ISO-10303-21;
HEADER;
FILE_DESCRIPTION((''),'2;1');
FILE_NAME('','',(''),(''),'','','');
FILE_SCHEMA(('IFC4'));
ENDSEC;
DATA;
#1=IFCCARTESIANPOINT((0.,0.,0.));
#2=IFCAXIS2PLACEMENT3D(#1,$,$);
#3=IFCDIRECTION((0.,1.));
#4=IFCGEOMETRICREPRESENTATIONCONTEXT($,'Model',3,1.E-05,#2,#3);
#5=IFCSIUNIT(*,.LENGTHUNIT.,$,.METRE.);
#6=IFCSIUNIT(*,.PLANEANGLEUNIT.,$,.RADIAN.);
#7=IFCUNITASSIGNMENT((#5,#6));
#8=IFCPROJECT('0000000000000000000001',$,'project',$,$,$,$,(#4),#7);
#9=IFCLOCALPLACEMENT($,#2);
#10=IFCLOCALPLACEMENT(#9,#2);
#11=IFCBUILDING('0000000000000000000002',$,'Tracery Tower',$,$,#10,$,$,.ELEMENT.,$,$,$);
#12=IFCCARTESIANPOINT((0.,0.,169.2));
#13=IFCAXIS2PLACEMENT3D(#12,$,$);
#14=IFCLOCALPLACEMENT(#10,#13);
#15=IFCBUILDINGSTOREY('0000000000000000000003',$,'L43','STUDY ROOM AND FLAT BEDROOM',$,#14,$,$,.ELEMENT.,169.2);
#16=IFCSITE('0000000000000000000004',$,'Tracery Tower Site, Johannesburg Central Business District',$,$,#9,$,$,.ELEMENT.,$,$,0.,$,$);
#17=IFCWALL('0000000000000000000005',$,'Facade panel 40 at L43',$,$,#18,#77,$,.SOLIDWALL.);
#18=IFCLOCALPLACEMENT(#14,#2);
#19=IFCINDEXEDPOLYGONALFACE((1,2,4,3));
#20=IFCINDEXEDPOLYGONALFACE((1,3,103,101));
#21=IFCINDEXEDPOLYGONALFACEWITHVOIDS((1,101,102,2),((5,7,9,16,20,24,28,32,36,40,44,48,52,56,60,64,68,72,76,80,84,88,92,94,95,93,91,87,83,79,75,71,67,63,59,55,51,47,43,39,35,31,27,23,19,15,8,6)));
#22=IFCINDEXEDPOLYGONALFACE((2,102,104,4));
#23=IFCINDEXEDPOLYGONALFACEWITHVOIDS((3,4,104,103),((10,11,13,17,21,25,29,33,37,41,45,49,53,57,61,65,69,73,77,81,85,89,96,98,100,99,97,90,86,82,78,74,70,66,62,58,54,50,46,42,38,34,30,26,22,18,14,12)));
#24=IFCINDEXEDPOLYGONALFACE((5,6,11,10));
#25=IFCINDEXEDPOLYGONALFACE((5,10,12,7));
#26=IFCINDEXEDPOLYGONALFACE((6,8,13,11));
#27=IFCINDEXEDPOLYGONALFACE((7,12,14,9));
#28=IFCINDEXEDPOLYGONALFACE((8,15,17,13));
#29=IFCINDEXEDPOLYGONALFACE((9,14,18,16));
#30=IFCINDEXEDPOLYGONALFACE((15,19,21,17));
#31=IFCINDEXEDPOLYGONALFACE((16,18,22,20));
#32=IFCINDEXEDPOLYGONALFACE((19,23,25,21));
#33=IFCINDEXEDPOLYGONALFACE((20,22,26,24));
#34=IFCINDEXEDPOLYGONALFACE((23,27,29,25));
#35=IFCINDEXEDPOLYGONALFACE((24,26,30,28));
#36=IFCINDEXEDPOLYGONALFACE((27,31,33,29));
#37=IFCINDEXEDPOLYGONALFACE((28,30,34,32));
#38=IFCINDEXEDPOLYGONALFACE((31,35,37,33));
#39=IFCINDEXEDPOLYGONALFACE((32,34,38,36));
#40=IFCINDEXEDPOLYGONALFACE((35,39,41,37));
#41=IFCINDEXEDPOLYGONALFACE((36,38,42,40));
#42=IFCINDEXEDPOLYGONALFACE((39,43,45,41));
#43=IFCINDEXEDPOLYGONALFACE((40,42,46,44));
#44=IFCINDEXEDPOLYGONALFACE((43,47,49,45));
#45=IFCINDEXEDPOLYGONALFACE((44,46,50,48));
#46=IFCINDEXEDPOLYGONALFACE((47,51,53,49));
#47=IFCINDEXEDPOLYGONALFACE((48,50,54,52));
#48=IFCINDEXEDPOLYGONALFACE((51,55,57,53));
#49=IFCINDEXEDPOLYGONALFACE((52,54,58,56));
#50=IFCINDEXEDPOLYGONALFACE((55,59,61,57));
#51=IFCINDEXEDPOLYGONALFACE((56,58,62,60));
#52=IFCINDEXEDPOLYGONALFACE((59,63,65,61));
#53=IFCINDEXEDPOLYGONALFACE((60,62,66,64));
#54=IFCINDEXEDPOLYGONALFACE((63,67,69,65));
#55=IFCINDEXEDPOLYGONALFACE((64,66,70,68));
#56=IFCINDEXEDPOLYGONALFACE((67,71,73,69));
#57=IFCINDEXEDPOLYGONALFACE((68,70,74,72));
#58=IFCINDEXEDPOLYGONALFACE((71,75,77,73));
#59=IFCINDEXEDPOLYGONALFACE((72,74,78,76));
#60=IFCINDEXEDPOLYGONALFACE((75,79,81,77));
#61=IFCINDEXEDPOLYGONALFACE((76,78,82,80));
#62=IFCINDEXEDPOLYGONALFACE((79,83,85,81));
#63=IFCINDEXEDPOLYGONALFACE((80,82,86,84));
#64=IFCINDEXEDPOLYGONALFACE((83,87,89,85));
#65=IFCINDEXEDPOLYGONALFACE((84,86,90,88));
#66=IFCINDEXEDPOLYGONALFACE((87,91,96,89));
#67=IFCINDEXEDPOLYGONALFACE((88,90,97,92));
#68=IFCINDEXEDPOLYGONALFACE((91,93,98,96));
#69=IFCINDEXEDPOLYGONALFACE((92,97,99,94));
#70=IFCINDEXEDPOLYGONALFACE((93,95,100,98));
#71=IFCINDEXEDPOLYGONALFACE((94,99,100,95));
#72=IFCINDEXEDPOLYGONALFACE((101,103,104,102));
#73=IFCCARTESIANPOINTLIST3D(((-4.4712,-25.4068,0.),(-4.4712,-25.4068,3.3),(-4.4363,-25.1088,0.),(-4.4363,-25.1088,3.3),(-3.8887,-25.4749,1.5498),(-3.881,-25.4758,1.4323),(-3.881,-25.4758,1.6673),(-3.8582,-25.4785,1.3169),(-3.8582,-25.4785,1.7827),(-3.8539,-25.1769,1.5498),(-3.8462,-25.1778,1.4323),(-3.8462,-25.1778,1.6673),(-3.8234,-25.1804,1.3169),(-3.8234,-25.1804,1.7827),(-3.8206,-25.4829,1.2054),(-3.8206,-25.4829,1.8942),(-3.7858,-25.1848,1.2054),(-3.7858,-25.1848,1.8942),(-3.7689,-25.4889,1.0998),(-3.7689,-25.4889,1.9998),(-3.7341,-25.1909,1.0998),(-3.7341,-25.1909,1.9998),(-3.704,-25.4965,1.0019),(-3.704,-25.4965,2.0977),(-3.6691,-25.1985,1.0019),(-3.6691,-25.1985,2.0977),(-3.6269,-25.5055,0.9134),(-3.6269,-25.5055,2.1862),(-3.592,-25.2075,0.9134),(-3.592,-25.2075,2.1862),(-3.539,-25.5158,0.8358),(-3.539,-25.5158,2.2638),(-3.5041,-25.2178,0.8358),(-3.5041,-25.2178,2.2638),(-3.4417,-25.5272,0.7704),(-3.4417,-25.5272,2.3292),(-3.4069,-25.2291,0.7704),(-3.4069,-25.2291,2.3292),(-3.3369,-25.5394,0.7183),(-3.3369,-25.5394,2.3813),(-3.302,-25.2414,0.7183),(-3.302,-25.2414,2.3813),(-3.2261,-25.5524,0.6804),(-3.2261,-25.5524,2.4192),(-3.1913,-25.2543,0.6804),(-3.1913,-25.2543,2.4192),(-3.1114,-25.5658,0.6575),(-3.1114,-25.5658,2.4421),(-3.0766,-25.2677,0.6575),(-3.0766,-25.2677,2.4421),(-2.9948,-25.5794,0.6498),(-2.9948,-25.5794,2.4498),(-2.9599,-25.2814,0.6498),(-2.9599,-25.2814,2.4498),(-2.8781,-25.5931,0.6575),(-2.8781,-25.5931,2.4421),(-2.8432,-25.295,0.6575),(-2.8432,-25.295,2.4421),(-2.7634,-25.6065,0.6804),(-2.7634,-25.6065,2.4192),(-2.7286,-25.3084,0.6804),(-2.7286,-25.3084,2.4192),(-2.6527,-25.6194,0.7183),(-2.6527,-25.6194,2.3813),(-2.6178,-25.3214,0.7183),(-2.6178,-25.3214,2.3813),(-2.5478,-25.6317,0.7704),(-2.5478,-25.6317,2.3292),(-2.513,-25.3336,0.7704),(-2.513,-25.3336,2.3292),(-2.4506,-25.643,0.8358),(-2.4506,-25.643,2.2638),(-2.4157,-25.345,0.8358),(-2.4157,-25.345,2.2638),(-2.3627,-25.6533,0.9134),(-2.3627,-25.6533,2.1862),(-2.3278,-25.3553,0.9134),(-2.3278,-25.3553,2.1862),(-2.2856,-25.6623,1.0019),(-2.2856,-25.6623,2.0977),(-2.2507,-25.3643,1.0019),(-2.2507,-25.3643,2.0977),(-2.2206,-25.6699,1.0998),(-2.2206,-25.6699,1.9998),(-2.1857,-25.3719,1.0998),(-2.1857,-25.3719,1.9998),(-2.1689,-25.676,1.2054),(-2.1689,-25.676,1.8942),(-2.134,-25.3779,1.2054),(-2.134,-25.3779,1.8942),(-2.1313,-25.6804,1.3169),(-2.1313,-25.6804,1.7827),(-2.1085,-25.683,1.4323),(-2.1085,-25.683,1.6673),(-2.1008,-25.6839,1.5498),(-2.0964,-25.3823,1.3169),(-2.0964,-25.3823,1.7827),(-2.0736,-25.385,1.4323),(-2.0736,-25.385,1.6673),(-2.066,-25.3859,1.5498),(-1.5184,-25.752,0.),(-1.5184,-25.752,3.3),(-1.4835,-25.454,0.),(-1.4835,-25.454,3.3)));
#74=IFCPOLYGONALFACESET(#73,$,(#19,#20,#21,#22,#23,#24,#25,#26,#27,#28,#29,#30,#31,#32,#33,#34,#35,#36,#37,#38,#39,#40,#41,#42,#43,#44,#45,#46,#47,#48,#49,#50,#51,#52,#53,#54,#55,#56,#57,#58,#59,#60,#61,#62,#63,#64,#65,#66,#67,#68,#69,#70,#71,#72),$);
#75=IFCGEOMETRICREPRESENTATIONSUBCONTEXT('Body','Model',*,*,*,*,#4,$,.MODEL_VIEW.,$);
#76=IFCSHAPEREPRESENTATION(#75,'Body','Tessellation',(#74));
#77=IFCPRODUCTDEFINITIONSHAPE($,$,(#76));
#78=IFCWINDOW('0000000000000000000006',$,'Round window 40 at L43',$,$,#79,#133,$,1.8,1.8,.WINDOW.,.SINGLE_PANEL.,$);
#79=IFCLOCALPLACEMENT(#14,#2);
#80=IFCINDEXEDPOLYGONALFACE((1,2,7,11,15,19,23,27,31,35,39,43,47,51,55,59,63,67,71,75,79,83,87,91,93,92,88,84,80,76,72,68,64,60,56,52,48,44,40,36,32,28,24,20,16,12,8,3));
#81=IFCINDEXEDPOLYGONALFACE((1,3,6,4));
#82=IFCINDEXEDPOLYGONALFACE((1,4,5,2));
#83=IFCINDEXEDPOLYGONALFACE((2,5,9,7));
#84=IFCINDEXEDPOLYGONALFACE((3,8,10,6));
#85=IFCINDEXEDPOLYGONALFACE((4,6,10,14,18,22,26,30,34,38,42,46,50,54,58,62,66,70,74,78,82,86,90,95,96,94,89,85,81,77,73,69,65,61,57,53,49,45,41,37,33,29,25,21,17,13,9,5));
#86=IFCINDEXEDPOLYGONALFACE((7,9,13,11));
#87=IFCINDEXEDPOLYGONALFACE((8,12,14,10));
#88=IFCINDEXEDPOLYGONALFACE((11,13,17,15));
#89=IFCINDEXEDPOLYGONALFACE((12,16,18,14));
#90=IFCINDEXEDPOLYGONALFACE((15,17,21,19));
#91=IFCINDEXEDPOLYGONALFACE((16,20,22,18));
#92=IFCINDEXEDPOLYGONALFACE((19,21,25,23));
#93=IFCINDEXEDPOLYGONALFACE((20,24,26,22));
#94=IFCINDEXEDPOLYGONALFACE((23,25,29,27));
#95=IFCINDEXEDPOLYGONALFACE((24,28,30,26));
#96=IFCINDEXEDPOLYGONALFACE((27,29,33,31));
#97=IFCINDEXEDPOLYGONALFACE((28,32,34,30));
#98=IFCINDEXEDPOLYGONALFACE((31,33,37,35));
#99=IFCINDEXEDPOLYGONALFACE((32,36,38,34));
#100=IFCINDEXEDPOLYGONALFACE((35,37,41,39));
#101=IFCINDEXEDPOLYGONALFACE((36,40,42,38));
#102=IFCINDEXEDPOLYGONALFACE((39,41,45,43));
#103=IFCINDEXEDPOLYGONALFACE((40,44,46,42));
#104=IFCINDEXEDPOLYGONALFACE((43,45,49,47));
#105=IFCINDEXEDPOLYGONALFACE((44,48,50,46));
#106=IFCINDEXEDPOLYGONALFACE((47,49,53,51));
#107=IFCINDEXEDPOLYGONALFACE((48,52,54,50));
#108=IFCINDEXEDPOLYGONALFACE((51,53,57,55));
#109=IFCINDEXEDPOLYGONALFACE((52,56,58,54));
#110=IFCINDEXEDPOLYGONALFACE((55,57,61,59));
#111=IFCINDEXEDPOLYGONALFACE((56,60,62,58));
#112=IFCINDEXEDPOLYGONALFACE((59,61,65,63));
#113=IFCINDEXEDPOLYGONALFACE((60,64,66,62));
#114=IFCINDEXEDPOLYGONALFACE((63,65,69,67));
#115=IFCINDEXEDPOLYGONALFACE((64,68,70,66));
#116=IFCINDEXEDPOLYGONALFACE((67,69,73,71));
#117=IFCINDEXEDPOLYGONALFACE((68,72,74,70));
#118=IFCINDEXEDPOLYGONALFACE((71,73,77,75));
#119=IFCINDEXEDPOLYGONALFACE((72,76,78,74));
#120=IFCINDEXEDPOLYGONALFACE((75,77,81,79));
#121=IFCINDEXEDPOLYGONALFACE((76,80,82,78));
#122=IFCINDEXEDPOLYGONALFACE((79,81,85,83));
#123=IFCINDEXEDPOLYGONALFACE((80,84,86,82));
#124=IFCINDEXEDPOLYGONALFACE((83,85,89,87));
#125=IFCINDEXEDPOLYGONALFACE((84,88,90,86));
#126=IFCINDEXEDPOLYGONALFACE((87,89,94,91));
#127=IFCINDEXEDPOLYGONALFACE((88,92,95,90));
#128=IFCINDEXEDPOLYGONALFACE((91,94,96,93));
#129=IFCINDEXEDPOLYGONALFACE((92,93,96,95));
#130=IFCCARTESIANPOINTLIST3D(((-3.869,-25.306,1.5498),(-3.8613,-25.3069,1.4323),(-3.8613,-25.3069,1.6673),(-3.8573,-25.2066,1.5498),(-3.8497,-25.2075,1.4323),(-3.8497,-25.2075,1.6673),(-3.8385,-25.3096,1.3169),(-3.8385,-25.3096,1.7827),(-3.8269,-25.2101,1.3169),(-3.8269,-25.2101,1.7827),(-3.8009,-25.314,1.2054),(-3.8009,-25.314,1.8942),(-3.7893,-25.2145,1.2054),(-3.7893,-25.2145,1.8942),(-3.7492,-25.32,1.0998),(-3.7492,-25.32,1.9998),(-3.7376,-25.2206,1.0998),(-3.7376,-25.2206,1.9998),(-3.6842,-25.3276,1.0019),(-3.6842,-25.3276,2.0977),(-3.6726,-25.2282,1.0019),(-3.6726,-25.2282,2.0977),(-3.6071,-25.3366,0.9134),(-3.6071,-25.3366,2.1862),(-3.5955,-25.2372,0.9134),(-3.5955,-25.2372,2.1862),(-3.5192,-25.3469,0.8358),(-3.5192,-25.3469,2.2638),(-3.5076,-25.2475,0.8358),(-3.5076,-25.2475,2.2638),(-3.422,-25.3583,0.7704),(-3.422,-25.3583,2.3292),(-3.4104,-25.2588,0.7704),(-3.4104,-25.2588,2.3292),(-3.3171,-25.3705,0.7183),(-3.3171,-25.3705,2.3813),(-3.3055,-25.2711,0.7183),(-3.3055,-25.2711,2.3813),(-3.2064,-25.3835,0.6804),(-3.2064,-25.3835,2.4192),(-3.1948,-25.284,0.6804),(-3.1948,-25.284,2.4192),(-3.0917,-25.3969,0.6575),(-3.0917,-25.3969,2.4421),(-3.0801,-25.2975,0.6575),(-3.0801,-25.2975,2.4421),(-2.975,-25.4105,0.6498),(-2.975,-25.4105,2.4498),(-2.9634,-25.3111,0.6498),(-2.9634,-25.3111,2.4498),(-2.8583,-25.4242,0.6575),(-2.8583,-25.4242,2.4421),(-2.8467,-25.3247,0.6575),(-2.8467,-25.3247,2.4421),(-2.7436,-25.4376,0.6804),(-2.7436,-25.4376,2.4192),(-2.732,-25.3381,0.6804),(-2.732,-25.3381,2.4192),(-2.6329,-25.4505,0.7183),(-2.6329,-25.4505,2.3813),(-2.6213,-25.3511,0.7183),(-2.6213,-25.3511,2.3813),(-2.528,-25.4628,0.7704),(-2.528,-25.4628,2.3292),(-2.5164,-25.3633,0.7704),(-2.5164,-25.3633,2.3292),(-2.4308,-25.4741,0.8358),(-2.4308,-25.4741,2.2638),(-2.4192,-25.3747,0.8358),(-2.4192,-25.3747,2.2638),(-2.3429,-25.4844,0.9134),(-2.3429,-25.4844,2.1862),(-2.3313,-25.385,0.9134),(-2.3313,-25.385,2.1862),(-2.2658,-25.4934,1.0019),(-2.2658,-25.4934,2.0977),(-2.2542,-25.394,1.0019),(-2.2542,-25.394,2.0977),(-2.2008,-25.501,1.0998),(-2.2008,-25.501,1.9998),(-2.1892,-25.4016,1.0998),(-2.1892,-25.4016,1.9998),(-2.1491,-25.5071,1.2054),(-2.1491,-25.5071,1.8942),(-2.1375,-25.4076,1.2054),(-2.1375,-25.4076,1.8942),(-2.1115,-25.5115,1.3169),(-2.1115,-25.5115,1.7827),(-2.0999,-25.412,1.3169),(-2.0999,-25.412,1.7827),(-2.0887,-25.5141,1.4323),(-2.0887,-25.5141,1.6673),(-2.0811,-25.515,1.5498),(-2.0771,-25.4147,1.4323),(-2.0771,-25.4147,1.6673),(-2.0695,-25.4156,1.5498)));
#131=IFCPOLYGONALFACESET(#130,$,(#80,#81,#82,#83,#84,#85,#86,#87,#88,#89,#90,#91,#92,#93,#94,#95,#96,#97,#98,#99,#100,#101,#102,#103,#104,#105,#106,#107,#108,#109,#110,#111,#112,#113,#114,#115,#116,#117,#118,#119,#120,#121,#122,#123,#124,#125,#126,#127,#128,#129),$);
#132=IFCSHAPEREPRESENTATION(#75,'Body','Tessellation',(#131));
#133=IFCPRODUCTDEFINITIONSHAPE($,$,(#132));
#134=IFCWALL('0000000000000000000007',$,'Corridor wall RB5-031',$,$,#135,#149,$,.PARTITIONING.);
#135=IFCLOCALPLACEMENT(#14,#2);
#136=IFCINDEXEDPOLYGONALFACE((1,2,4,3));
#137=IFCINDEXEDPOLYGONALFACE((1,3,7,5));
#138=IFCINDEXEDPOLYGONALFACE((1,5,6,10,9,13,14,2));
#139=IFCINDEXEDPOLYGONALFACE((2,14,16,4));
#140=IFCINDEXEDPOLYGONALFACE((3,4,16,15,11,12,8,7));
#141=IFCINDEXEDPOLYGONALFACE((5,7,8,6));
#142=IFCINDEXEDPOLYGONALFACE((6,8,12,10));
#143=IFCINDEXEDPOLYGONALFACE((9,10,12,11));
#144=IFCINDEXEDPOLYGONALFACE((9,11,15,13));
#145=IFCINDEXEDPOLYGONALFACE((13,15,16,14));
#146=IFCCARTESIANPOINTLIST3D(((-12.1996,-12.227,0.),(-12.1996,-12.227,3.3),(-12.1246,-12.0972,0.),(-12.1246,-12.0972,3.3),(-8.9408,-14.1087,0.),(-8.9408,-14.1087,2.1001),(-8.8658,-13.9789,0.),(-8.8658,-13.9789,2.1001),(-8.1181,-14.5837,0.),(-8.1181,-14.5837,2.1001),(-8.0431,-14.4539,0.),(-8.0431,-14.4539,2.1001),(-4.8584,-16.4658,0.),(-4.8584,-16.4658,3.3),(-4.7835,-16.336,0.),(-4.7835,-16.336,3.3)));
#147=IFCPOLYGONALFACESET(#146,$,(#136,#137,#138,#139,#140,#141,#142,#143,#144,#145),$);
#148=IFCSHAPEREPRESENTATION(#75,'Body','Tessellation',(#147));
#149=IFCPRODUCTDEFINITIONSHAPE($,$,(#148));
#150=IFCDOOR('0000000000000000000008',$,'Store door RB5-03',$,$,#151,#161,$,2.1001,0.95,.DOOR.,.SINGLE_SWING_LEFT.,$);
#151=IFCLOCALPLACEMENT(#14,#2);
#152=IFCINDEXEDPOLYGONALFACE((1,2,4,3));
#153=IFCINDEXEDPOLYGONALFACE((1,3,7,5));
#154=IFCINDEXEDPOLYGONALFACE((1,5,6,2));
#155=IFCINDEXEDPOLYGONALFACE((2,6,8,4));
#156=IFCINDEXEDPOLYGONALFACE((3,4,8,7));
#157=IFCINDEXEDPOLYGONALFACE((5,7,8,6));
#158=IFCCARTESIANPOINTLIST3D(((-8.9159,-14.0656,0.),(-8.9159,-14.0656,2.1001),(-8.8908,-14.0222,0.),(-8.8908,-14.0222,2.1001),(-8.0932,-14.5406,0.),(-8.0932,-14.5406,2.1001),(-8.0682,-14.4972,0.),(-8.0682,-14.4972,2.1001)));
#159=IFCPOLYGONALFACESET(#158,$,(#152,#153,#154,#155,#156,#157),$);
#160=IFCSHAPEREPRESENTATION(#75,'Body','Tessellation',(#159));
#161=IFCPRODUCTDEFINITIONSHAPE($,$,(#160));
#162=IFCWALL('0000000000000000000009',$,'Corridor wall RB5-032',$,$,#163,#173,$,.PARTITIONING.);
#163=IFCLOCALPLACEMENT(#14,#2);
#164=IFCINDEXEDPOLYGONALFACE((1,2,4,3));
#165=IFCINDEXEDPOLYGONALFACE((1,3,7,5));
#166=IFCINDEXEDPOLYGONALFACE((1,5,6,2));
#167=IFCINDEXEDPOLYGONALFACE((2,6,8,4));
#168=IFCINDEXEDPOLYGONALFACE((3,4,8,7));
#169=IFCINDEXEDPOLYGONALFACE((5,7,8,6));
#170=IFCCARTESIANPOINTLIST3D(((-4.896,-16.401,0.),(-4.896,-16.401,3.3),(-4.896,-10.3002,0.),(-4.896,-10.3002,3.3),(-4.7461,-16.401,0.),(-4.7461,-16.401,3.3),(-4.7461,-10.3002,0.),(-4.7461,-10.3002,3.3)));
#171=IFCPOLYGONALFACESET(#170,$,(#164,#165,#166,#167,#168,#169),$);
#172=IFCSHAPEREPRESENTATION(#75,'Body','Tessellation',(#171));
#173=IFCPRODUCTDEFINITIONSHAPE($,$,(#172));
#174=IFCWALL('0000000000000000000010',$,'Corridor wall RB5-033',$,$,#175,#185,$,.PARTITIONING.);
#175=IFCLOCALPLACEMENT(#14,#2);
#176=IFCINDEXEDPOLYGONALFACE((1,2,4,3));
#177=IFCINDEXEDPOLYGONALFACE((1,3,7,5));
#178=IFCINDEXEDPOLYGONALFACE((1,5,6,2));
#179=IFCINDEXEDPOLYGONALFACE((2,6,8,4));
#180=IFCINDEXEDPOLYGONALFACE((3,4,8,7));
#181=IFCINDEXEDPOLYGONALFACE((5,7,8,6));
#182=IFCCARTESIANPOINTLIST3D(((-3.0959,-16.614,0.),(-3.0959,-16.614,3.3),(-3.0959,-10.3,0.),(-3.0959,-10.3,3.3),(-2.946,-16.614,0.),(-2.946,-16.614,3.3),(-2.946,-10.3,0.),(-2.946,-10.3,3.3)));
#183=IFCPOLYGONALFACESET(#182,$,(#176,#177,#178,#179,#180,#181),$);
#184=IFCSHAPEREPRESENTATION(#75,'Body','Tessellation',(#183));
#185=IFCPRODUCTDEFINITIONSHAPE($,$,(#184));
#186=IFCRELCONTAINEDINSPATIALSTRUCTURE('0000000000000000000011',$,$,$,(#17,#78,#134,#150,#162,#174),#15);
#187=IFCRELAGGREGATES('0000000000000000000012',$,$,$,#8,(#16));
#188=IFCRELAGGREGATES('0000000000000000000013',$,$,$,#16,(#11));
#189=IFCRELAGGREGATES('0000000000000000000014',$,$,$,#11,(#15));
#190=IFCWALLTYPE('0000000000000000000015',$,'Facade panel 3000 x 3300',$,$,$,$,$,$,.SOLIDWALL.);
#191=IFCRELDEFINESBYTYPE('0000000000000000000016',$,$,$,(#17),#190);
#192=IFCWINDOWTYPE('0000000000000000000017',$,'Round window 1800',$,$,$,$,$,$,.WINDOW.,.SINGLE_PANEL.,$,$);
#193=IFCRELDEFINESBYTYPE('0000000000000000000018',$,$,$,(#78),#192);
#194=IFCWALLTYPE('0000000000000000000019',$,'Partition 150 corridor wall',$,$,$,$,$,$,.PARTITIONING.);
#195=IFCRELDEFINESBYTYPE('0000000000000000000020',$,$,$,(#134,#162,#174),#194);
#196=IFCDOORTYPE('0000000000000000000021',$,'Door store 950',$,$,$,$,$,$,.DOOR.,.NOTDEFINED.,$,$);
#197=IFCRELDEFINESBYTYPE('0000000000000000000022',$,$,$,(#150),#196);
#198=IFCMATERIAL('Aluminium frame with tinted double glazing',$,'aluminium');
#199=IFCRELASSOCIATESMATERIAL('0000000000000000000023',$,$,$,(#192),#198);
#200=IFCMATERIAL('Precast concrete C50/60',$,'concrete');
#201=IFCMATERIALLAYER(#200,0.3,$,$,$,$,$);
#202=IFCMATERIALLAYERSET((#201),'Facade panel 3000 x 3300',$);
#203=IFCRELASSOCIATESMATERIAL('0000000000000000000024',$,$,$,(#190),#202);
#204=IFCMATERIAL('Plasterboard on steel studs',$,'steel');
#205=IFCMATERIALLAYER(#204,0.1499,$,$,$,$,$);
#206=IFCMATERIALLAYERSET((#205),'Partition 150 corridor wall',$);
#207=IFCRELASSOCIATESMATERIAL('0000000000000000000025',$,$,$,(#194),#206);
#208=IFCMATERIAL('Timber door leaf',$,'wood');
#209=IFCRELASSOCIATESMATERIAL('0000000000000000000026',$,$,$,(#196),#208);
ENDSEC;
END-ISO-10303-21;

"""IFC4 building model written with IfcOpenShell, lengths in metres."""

from ifc_helpers import new_model, si_unit, direction, frame, frame_2d, origin, origin_2d, place, context, subcontext, project, spatial, rectangle, circle, extrude, material, layer, layer_set, type_object, element, fill, save


model = new_model("IFC4")

# Units and contexts
model_context = context("Model", 3, precision=1e-05, world=origin(), true_north=direction((0.0, 1.0)))
body_context = subcontext(model_context, "Body", "Model", "MODEL_VIEW")
ifc_project = project(units=[si_unit("LENGTHUNIT", "METRE"), si_unit("PLANEANGLEUNIT", "RADIAN")], contexts=[model_context])

# Site, building, storey
site_placement = place(None, origin())
site = spatial("IfcSite", under=ifc_project, at=site_placement, Name="Tracery Tower Site, Johannesburg Central Business District", CompositionType="ELEMENT", RefElevation=0.0)
building_placement = place(site_placement, origin())
building = spatial("IfcBuilding", under=site, at=building_placement, Name="Tracery Tower", CompositionType="ELEMENT")
storey_placement = place(building_placement, frame((0.0, 0.0, 169.2)))
storey = spatial("IfcBuildingStorey", under=building, at=storey_placement, Name="L43", Description="STUDY ROOM AND FLAT BEDROOM", CompositionType="ELEMENT", Elevation=169.2)

# Wall, opening, window
ifc_material_1 = material(Name="Aluminium frame with tinted double glazing", Category="aluminium")
window_type = type_object("IfcWindowType", Name="Round window 1800", PartitioningType="SINGLE_PANEL", PredefinedType="WINDOW", material=ifc_material_1)
ifc_material_2 = material(Name="Precast concrete C50/60", Category="concrete")
ifc_layer_1 = layer(ifc_material_2, 0.3)
ifc_layer_set_1 = layer_set([ifc_layer_1], Name="Facade panel 3000 x 3300")
wall_type_1 = type_object("IfcWallType", Name="Facade panel 3000 x 3300", PredefinedType="SOLIDWALL", material=ifc_layer_set_1)
wall_1_placement = place(storey_placement, frame((-4.4536, -25.2578, 0.0), z_axis=(0.0, 0.0, 1.0), x_axis=(0.993236, -0.116117, 0.0)))
wall_1 = element("IfcWall", 1, at=wall_1_placement, inside=storey, type_object=wall_type_1, Name="Facade panel 40 at L43", PredefinedType="SOLIDWALL", context=body_context, shape_type="SweptSolid", body=[
    extrude(rectangle(XDim=2.9729, YDim=0.3, at=frame_2d((1.4863, 0.0))), origin(), (0.0, 0.0, 1.0), 3.3),
])
opening_1_placement = place(wall_1_placement, frame((1.4863, 0.0, 1.5498)))
opening_1 = element("IfcOpeningElement", 2, at=opening_1_placement, cuts=wall_1, PredefinedType="OPENING", context=body_context, shape_type="SweptSolid", body=[
    extrude(circle(Radius=0.9, at=origin_2d()), frame((0.0, 0.1599, 0.0), z_axis=(0.0, -1.0, 0.0), x_axis=(1.0, 0.0, 0.0)), (0.0, 0.0, 1.0), 0.3201),
])
window_1_placement = place(opening_1_placement, origin())
window_1 = element("IfcWindow", 3, at=window_1_placement, inside=storey, type_object=window_type, Name="Round window 40 at L43", OverallHeight=1.8, OverallWidth=1.8, PartitioningType="SINGLE_PANEL", PredefinedType="WINDOW", context=body_context, shape_type="SweptSolid", body=[
    extrude(circle(Radius=0.9, at=origin_2d()), frame((0.0, 0.1201, 0.0), z_axis=(0.0, -1.0, 0.0), x_axis=(1.0, 0.0, 0.0)), (0.0, 0.0, 1.0), 0.1001),
])
fill(opening_1, window_1)

# Wall, opening, door
ifc_material_3 = material(Name="Plasterboard on steel studs", Category="steel")
ifc_layer_2 = layer(ifc_material_3, 0.1499)
ifc_layer_set_2 = layer_set([ifc_layer_2], Name="Partition 150 corridor wall")
wall_type_2 = type_object("IfcWallType", Name="Partition 150 corridor wall", PredefinedType="PARTITIONING", material=ifc_layer_set_2)
wall_2_placement = place(storey_placement, frame((-12.1621, -12.1621, 0.0), z_axis=(0.0, 0.0, 1.0), x_axis=(0.866005, -0.500036, 0.0)))
wall_2 = element("IfcWall", 4, at=wall_2_placement, inside=storey, type_object=wall_type_2, Name="Corridor wall RB5-031", PredefinedType="PARTITIONING", context=body_context, shape_type="SweptSolid", body=[
    extrude(rectangle(XDim=8.4771, YDim=0.1499, at=frame_2d((4.2385, 0.0))), origin(), (0.0, 0.0, 1.0), 3.3),
])
opening_2_placement = place(wall_2_placement, frame((3.7629, 0.0, 0.0)))
opening_2 = element("IfcOpeningElement", 5, at=opening_2_placement, cuts=wall_2, PredefinedType="OPENING", context=body_context, shape_type="SweptSolid", body=[
    extrude(rectangle(XDim=0.95, YDim=2.1001, at=frame_2d((0.4751, 1.05))), frame((0.0, 0.075, 0.0), z_axis=(0.0, -1.0, 0.0), x_axis=(1.0, 0.0, 0.0)), (0.0, 0.0, 1.0), 0.1499),
])
ifc_material_4 = material(Name="Timber door leaf", Category="wood")
door_type_1 = type_object("IfcDoorType", Name="Door store 950", OperationType="NOTDEFINED", PredefinedType="DOOR", material=ifc_material_4)
door_1_placement = place(opening_2_placement, origin())
door_1 = element("IfcDoor", 6, at=door_1_placement, inside=storey, type_object=door_type_1, Name="Store door RB5-03", OperationType="SINGLE_SWING_LEFT", OverallHeight=2.1001, OverallWidth=0.95, PredefinedType="DOOR", context=body_context, shape_type="SweptSolid", body=[
    extrude(rectangle(XDim=0.95, YDim=2.1001, at=frame_2d((0.4751, 1.05))), frame((0.0, 0.0249, 0.0), z_axis=(0.0, -1.0, 0.0), x_axis=(1.0, 0.0, 0.0)), (0.0, 0.0, 1.0), 0.05),
])
fill(opening_2, door_1)

# Walls
wall_3_placement = place(storey_placement, frame((-4.821, -16.4009, 0.0), z_axis=(0.0, 0.0, 1.0), x_axis=(0.0, 1.0, 0.0)))
element("IfcWall", 7, at=wall_3_placement, inside=storey, type_object=wall_type_2, Name="Corridor wall RB5-032", PredefinedType="PARTITIONING", context=body_context, shape_type="SweptSolid", body=[
    extrude(rectangle(XDim=6.1008, YDim=0.1499, at=frame_2d((3.0503, 0.0))), origin(), (0.0, 0.0, 1.0), 3.3),
])
wall_4_placement = place(storey_placement, frame((-3.021, -16.614, 0.0), z_axis=(0.0, 0.0, 1.0), x_axis=(0.0, 1.0, 0.0)))
element("IfcWall", 8, at=wall_4_placement, inside=storey, type_object=wall_type_2, Name="Corridor wall RB5-033", PredefinedType="PARTITIONING", context=body_context, shape_type="SweptSolid", body=[
    extrude(rectangle(XDim=6.314, YDim=0.1499, at=frame_2d((3.157, 0.0))), origin(), (0.0, 0.0, 1.0), 3.3),
])

save(model, "model.ifc")
